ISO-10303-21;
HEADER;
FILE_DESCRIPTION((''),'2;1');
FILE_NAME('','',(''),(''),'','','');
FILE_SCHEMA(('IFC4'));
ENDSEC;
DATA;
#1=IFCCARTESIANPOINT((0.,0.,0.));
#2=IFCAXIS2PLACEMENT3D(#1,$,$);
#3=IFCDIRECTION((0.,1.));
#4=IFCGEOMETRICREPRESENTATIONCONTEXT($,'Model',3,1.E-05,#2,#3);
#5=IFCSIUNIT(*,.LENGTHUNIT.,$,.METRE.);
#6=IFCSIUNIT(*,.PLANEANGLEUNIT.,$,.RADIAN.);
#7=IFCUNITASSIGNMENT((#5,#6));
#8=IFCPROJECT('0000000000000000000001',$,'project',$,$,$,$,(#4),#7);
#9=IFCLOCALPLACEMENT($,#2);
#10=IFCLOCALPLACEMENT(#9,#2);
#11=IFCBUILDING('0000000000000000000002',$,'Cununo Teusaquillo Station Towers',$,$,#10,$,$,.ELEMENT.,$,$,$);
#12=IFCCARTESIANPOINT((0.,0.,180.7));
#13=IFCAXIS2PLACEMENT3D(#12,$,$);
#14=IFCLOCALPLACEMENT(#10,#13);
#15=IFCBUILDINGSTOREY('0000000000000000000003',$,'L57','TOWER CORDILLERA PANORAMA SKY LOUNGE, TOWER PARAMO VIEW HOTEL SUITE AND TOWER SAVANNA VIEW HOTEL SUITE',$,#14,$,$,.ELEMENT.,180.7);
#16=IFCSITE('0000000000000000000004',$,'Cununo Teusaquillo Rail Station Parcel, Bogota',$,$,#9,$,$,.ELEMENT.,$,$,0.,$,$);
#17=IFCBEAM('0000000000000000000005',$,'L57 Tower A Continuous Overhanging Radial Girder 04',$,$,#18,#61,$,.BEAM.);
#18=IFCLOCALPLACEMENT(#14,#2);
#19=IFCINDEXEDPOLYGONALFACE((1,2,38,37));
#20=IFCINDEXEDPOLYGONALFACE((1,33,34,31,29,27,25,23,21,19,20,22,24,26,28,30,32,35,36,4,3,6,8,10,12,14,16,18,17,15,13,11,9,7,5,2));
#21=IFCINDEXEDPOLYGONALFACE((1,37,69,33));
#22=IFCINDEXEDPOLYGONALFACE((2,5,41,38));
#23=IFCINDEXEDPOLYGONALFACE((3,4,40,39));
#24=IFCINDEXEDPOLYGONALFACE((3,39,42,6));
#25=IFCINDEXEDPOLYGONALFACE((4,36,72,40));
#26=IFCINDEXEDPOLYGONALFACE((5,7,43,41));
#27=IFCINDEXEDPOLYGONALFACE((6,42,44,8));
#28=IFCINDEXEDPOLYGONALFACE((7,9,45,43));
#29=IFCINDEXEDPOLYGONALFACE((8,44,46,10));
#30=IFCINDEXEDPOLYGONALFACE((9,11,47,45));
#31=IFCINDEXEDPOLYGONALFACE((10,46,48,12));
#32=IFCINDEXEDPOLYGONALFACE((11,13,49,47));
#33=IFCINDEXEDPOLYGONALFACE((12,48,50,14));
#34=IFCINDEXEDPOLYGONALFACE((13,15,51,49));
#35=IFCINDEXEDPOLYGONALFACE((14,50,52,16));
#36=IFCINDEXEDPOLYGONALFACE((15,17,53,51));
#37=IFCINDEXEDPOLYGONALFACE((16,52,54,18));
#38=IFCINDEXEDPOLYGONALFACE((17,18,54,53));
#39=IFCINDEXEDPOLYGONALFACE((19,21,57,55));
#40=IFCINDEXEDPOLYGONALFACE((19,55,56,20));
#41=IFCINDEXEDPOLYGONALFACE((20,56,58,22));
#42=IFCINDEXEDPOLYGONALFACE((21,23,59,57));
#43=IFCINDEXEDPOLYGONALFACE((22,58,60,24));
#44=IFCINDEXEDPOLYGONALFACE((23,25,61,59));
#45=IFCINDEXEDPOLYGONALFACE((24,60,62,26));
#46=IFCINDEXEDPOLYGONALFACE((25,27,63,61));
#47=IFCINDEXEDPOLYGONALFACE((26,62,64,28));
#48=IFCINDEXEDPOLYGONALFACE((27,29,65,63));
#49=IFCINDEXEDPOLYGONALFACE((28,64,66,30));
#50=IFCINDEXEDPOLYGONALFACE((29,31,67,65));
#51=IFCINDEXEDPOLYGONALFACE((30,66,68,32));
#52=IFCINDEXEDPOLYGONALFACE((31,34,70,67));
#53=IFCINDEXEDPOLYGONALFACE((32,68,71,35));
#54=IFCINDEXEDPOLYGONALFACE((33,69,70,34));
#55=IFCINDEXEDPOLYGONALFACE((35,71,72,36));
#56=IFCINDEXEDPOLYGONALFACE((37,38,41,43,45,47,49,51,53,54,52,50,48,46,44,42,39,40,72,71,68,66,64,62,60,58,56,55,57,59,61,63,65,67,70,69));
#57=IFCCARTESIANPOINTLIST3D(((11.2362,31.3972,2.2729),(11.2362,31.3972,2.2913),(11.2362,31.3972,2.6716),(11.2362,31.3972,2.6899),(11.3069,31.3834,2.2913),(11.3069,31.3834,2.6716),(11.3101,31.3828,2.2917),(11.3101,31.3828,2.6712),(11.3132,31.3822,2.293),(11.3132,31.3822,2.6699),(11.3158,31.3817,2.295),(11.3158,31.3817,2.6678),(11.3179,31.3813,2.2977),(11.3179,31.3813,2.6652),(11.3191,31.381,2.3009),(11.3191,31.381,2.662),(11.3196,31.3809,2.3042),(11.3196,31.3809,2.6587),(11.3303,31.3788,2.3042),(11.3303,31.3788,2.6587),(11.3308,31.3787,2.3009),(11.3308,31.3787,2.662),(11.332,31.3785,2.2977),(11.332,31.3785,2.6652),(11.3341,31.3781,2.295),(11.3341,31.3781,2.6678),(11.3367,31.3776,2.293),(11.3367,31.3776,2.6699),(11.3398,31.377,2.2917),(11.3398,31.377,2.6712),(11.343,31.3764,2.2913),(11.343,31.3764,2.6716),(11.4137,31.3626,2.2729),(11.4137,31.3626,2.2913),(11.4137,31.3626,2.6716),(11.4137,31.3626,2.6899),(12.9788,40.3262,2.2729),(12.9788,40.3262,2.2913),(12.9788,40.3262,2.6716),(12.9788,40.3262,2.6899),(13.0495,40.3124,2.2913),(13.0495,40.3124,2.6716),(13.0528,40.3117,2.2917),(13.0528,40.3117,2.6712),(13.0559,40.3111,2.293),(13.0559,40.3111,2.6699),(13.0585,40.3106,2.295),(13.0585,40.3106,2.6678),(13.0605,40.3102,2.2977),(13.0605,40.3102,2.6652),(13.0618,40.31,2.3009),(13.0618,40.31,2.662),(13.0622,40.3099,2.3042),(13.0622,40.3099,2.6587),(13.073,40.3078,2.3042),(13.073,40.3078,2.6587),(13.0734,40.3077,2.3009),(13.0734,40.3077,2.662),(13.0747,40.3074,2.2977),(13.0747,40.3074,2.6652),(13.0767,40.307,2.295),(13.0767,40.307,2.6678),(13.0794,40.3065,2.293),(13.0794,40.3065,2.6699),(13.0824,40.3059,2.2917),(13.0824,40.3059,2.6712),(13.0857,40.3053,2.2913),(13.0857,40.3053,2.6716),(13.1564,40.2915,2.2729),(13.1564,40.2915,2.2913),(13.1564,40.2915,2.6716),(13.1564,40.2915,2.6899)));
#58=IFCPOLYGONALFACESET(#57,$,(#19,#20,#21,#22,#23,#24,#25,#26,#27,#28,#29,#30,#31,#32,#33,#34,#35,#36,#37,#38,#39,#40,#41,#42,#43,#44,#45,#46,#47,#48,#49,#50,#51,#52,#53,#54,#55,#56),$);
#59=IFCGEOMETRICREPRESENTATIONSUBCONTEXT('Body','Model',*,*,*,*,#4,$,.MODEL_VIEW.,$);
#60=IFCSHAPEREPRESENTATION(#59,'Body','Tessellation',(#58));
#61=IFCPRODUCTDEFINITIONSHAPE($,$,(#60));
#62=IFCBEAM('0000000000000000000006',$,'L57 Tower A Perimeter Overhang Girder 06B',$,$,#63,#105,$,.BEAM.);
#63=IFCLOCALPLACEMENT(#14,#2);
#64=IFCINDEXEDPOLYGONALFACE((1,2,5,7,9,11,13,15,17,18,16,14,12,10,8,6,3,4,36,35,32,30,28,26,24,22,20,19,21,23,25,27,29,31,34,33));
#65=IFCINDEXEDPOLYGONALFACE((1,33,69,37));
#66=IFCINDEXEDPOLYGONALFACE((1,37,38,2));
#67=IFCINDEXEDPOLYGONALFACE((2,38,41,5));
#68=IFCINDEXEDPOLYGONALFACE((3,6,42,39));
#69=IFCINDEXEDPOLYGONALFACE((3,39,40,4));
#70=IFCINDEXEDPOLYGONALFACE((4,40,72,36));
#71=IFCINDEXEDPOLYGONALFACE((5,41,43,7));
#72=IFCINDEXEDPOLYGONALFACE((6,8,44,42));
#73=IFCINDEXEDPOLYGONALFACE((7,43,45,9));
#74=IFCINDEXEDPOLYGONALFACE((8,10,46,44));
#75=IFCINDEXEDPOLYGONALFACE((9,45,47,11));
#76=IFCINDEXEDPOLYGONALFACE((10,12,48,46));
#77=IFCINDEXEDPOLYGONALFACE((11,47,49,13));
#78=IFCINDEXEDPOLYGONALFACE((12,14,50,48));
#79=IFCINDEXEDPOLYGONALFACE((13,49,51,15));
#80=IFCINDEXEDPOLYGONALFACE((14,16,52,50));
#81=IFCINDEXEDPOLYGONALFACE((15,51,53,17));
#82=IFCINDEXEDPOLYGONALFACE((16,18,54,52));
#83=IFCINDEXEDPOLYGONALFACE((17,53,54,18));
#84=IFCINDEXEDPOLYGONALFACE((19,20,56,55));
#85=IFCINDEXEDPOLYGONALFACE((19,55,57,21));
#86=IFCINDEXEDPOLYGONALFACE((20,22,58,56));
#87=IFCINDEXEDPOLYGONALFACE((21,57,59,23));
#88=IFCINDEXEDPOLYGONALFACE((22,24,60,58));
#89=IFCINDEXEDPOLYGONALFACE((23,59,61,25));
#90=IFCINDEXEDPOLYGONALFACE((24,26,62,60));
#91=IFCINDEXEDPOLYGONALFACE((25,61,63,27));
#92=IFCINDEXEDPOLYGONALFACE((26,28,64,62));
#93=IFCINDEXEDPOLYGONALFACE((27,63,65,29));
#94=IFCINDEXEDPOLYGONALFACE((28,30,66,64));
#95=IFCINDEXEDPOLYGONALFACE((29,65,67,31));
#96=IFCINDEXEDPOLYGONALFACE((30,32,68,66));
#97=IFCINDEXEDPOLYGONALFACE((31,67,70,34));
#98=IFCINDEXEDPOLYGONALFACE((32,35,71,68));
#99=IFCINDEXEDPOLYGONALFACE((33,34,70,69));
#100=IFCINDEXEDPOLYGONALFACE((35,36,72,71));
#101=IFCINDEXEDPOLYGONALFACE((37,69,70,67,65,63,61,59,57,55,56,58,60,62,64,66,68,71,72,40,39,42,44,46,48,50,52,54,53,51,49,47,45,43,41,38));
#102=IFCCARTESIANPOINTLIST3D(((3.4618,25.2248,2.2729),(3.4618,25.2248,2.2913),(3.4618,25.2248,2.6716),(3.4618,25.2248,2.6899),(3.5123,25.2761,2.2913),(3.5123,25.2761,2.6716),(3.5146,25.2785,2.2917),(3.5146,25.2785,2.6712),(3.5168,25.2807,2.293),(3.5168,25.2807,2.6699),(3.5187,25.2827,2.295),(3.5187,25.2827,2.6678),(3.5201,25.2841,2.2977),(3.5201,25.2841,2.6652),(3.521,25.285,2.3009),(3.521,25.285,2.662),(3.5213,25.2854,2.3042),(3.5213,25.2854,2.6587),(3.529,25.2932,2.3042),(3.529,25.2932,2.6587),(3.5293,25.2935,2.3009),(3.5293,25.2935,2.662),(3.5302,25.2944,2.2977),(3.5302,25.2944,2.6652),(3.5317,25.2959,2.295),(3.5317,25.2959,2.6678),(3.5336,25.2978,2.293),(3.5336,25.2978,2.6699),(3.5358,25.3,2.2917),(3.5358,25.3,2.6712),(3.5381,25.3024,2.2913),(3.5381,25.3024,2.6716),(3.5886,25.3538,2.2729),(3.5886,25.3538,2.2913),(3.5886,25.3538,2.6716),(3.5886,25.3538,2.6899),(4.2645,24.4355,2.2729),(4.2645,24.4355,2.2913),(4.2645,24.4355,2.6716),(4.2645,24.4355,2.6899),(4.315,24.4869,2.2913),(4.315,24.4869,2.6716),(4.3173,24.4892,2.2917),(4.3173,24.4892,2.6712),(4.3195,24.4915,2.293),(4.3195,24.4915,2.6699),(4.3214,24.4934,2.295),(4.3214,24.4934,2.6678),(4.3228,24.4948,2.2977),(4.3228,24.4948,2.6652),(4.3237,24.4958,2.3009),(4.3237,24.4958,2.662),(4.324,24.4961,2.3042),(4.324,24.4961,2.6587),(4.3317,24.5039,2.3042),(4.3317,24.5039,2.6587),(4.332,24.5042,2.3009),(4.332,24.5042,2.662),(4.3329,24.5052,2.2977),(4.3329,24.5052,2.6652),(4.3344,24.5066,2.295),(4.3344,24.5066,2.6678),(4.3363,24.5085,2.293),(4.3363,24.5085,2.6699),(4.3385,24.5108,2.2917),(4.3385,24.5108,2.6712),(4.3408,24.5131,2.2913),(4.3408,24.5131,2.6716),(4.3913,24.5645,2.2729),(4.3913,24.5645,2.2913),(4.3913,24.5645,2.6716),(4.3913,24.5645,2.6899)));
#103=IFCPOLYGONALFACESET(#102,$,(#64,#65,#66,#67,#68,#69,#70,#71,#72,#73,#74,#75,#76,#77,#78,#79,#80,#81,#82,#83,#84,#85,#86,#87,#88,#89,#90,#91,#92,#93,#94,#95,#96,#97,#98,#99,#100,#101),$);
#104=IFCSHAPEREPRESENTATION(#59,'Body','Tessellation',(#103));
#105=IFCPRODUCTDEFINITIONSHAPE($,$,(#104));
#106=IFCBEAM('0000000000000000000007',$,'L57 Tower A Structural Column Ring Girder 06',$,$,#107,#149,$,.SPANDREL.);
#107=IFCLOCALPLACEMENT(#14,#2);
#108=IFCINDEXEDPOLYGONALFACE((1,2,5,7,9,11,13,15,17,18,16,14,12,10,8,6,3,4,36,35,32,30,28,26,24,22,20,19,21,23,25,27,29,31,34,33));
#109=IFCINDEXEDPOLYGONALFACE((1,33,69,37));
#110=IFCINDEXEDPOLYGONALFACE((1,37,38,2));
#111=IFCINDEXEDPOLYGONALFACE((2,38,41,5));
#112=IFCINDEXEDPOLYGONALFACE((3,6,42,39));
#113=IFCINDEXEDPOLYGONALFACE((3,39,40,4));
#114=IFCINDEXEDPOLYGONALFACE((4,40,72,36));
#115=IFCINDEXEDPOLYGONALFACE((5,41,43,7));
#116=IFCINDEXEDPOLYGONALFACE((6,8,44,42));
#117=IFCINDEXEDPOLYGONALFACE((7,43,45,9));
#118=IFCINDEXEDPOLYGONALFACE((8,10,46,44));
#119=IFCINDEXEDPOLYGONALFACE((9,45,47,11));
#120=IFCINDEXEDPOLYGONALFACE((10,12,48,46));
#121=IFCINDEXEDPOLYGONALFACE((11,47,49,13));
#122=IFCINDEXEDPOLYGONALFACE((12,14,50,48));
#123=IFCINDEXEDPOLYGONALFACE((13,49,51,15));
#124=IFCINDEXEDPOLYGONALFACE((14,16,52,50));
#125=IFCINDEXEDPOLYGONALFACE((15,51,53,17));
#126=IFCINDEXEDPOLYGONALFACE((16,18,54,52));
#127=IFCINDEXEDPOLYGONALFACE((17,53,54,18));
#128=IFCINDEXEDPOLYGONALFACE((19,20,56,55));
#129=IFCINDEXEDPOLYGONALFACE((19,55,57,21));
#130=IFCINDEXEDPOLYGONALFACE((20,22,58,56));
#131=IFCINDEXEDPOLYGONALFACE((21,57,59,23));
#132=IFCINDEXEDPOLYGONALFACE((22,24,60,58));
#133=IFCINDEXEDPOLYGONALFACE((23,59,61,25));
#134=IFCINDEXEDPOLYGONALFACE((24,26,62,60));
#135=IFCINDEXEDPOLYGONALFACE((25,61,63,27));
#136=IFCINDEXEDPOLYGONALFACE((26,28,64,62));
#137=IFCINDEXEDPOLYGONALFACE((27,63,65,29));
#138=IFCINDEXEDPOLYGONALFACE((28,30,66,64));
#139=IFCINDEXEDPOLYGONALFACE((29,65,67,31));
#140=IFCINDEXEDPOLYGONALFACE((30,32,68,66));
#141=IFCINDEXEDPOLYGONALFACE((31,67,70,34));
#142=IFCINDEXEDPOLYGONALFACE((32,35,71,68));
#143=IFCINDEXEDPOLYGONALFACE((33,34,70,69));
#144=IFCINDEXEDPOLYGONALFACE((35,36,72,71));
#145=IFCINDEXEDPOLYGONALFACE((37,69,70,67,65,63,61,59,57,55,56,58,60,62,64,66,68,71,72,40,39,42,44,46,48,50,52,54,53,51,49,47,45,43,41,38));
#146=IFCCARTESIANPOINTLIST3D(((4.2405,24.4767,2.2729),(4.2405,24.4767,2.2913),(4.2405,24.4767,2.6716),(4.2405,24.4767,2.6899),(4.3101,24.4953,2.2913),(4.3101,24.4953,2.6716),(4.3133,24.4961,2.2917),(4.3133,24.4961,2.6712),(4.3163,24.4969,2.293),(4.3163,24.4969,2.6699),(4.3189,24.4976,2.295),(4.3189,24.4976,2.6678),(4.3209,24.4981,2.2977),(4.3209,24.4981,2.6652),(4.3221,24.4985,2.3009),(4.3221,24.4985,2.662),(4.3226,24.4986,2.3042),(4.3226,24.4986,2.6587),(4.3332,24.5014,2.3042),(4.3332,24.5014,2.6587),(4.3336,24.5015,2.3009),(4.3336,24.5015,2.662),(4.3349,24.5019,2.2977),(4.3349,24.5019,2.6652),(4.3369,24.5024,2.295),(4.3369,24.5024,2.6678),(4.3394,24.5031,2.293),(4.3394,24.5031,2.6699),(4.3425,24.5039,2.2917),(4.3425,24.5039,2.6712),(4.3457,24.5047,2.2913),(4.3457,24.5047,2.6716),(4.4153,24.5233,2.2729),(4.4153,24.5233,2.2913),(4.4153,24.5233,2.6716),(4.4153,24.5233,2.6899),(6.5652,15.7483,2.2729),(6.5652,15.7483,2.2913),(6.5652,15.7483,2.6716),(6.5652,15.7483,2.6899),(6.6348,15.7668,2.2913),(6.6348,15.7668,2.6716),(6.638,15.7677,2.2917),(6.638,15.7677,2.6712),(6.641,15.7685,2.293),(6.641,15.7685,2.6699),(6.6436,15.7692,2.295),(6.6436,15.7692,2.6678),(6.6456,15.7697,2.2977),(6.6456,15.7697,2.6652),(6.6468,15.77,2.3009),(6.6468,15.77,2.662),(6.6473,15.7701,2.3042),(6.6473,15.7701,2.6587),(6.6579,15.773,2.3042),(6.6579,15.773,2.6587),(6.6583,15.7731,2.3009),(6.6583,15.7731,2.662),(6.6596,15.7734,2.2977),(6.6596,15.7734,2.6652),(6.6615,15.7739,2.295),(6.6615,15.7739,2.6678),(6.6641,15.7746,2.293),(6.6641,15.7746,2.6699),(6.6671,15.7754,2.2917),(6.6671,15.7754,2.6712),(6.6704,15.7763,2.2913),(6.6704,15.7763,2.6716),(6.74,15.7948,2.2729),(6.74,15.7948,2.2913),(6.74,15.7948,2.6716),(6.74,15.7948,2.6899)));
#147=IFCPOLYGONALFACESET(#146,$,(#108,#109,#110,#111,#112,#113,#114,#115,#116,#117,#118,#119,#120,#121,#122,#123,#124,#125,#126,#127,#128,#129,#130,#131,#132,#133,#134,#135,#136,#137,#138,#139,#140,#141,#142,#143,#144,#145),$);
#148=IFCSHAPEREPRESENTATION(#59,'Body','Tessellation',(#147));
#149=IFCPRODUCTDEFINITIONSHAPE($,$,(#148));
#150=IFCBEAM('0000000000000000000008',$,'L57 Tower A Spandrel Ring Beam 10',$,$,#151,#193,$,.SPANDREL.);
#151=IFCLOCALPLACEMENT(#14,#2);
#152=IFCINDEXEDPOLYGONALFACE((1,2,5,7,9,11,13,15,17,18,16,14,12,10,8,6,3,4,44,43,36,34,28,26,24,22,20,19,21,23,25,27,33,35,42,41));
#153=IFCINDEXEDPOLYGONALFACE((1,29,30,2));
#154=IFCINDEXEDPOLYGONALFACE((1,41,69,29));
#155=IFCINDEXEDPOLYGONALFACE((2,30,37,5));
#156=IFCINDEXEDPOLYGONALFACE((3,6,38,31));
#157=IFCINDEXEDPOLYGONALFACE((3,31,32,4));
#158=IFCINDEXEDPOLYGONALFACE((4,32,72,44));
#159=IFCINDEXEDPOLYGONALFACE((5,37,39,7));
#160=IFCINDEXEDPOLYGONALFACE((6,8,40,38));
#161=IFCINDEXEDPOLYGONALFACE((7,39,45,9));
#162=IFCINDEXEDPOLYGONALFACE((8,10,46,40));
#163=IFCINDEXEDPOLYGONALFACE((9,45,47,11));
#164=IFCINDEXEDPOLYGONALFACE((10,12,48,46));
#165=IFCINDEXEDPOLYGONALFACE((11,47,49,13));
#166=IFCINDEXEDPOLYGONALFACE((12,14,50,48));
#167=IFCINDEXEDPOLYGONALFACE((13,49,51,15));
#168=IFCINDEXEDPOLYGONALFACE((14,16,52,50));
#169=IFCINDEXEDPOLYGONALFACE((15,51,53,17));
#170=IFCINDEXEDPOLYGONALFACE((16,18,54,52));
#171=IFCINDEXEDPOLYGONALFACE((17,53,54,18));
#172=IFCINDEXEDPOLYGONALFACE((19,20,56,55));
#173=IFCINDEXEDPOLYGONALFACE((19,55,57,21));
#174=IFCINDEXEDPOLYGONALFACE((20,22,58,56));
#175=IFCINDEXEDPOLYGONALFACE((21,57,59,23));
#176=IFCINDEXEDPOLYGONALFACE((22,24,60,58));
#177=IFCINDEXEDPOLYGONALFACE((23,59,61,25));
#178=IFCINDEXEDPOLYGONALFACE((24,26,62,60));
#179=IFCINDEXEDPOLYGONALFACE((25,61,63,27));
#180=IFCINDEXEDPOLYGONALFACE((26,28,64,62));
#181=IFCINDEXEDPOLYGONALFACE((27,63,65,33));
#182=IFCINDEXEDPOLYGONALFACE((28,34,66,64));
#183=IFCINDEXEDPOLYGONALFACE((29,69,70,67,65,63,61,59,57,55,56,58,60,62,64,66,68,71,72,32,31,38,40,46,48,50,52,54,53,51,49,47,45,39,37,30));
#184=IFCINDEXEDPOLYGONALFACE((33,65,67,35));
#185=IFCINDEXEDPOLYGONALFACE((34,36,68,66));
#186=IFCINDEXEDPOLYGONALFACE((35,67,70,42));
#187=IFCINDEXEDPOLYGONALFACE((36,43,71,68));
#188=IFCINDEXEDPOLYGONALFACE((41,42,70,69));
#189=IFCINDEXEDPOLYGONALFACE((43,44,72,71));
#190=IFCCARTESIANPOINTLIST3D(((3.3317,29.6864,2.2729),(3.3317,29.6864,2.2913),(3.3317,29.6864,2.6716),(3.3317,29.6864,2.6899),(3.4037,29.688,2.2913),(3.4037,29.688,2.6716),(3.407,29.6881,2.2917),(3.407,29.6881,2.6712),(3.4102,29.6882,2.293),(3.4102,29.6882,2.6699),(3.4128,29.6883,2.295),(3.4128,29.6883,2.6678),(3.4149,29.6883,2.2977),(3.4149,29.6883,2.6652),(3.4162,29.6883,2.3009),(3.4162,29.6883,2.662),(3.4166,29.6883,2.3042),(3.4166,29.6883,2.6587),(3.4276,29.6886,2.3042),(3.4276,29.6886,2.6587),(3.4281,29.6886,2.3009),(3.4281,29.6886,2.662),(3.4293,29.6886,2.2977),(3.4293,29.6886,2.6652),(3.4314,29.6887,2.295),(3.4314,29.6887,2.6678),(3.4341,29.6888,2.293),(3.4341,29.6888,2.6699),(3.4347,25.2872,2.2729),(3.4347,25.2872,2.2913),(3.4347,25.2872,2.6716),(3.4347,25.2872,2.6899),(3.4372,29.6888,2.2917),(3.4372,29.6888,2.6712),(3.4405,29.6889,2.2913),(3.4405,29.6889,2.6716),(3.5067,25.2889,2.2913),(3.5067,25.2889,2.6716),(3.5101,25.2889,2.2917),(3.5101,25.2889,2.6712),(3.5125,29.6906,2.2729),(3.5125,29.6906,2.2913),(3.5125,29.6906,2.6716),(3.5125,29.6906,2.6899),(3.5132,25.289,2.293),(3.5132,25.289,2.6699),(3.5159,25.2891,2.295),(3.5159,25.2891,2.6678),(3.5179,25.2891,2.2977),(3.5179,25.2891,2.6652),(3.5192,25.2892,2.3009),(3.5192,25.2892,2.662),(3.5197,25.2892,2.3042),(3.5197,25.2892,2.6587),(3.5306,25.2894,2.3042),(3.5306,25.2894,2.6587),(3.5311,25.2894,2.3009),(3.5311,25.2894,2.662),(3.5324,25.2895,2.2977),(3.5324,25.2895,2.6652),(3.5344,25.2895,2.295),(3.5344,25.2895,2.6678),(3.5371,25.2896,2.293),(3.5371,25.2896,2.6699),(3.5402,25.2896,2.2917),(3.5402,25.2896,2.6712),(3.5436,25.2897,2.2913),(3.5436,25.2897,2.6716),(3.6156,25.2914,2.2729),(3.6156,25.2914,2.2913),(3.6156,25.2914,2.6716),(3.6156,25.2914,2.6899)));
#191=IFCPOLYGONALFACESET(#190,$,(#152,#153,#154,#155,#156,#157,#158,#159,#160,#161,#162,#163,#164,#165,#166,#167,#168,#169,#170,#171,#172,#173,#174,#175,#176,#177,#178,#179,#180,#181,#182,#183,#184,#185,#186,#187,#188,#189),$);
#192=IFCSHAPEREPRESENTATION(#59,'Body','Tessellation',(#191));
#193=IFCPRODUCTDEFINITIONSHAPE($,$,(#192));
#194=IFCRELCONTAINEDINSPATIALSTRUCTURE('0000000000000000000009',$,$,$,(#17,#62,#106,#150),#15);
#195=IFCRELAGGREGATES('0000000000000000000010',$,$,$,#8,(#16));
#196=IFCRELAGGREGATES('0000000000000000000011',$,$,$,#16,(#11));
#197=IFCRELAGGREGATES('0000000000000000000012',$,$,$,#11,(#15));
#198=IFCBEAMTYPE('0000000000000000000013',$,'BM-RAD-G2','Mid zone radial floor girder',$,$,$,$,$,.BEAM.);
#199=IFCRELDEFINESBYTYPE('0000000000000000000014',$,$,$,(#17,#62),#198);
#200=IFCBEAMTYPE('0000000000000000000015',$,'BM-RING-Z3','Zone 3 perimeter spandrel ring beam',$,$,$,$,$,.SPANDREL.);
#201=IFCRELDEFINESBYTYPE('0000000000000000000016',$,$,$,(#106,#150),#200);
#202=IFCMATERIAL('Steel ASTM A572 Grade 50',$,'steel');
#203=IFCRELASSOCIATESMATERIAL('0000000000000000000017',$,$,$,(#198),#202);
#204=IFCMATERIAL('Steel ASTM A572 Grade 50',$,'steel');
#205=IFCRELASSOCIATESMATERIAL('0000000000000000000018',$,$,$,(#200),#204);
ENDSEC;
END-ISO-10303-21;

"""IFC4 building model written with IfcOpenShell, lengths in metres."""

from ifc_helpers import new_model, si_unit, direction, frame, origin, origin_2d, place, context, subcontext, project, spatial, i_section, extrude, material, material_profile, profile_set, type_object, element, save


model = new_model("IFC4")

# Units and contexts
model_context = context("Model", 3, precision=1e-05, world=origin(), true_north=direction((0.0, 1.0)))
body_context = subcontext(model_context, "Body", "Model", "MODEL_VIEW")
ifc_project = project(units=[si_unit("LENGTHUNIT", "METRE"), si_unit("PLANEANGLEUNIT", "RADIAN")], contexts=[model_context])

# Site, building, storey
site_placement = place(None, origin())
site = spatial("IfcSite", under=ifc_project, at=site_placement, Name="Cununo Teusaquillo Rail Station Parcel, Bogota", CompositionType="ELEMENT", RefElevation=0.0)
building_placement = place(site_placement, origin())
building = spatial("IfcBuilding", under=site, at=building_placement, Name="Cununo Teusaquillo Station Towers", CompositionType="ELEMENT")
storey_placement = place(building_placement, frame((0.0, 0.0, 180.7)))
storey = spatial("IfcBuildingStorey", under=building, at=storey_placement, Name="L57", Description="TOWER CORDILLERA PANORAMA SKY LOUNGE, TOWER PARAMO VIEW HOTEL SUITE AND TOWER SAVANNA VIEW HOTEL SUITE", CompositionType="ELEMENT", Elevation=180.7)

# Beams
ifc_material_1 = material(Name="Steel ASTM A572 Grade 50", Category="steel")
ifc_material_profile_1 = material_profile(ifc_material_1, i_section(OverallWidth=0.1809, OverallDepth=0.417, WebThickness=0.011, FlangeThickness=0.0183, FilletRadius=0.0129, at=origin_2d()), Name="W16X57")
ifc_profile_set_1 = profile_set([ifc_material_profile_1], Name="Steel ASTM A572 Grade 50")
beam_type_1 = type_object("IfcBeamType", Name="BM-RAD-G2", Description="Mid zone radial floor girder", PredefinedType="BEAM", material=ifc_profile_set_1)
beam_1_placement = place(storey_placement, frame((11.325, 31.3799, 2.4814), z_axis=(0.191557, 0.981481, 0.0), x_axis=(-0.981481, 0.191557, 0.0)))
element("IfcBeam", 1, at=beam_1_placement, inside=storey, type_object=beam_type_1, Name="L57 Tower A Continuous Overhanging Radial Girder 04", PredefinedType="BEAM", context=body_context, shape_type="SweptSolid", body=[
    extrude(i_section(OverallWidth=0.1809, OverallDepth=0.417, WebThickness=0.011, FlangeThickness=0.0183, FilletRadius=0.0129, at=origin_2d()), origin(), (0.0, 0.0, 1.0), 9.0974),
])
beam_2_placement = place(storey_placement, frame((4.3279, 24.5, 2.4814), z_axis=(-0.713045, 0.701118, 0.0), x_axis=(-0.701118, -0.713045, 0.0)))
element("IfcBeam", 2, at=beam_2_placement, inside=storey, type_object=beam_type_1, Name="L57 Tower A Perimeter Overhang Girder 06B", PredefinedType="BEAM", context=body_context, shape_type="SweptSolid", body=[
    extrude(i_section(OverallWidth=0.1809, OverallDepth=0.417, WebThickness=0.011, FlangeThickness=0.0183, FilletRadius=0.0129, at=origin_2d()), origin(), (0.0, 0.0, 1.0), 1.1257),
])
ifc_material_2 = material(Name="Steel ASTM A572 Grade 50", Category="steel")
ifc_material_profile_2 = material_profile(ifc_material_2, i_section(OverallWidth=0.1809, OverallDepth=0.417, WebThickness=0.011, FlangeThickness=0.0183, FilletRadius=0.0129, at=origin_2d()), Name="W16X57")
ifc_profile_set_2 = profile_set([ifc_material_profile_2], Name="Steel ASTM A572 Grade 50")
beam_type_2 = type_object("IfcBeamType", Name="BM-RING-Z3", Description="Zone 3 perimeter spandrel ring beam", PredefinedType="SPANDREL", material=ifc_profile_set_2)
beam_3_placement = place(storey_placement, frame((4.3279, 24.5, 2.4814), z_axis=(0.257363, -0.966315, 0.0), x_axis=(0.966315, 0.257363, 0.0)))
element("IfcBeam", 3, at=beam_3_placement, inside=storey, type_object=beam_type_2, Name="L57 Tower A Structural Column Ring Girder 06", PredefinedType="SPANDREL", context=body_context, shape_type="SweptSolid", body=[
    extrude(i_section(OverallWidth=0.1809, OverallDepth=0.417, WebThickness=0.011, FlangeThickness=0.0183, FilletRadius=0.0129, at=origin_2d()), origin(), (0.0, 0.0, 1.0), 9.0327),
])
beam_4_placement = place(storey_placement, frame((3.4221, 29.6885, 2.4814), z_axis=(0.023413, -0.999726, 0.0), x_axis=(0.999726, 0.023413, 0.0)))
element("IfcBeam", 4, at=beam_4_placement, inside=storey, type_object=beam_type_2, Name="L57 Tower A Spandrel Ring Beam 10", PredefinedType="SPANDREL", context=body_context, shape_type="SweptSolid", body=[
    extrude(i_section(OverallWidth=0.1809, OverallDepth=0.417, WebThickness=0.011, FlangeThickness=0.0183, FilletRadius=0.0129, at=origin_2d()), origin(), (0.0, 0.0, 1.0), 4.4004),
])

save(model, "model.ifc")
